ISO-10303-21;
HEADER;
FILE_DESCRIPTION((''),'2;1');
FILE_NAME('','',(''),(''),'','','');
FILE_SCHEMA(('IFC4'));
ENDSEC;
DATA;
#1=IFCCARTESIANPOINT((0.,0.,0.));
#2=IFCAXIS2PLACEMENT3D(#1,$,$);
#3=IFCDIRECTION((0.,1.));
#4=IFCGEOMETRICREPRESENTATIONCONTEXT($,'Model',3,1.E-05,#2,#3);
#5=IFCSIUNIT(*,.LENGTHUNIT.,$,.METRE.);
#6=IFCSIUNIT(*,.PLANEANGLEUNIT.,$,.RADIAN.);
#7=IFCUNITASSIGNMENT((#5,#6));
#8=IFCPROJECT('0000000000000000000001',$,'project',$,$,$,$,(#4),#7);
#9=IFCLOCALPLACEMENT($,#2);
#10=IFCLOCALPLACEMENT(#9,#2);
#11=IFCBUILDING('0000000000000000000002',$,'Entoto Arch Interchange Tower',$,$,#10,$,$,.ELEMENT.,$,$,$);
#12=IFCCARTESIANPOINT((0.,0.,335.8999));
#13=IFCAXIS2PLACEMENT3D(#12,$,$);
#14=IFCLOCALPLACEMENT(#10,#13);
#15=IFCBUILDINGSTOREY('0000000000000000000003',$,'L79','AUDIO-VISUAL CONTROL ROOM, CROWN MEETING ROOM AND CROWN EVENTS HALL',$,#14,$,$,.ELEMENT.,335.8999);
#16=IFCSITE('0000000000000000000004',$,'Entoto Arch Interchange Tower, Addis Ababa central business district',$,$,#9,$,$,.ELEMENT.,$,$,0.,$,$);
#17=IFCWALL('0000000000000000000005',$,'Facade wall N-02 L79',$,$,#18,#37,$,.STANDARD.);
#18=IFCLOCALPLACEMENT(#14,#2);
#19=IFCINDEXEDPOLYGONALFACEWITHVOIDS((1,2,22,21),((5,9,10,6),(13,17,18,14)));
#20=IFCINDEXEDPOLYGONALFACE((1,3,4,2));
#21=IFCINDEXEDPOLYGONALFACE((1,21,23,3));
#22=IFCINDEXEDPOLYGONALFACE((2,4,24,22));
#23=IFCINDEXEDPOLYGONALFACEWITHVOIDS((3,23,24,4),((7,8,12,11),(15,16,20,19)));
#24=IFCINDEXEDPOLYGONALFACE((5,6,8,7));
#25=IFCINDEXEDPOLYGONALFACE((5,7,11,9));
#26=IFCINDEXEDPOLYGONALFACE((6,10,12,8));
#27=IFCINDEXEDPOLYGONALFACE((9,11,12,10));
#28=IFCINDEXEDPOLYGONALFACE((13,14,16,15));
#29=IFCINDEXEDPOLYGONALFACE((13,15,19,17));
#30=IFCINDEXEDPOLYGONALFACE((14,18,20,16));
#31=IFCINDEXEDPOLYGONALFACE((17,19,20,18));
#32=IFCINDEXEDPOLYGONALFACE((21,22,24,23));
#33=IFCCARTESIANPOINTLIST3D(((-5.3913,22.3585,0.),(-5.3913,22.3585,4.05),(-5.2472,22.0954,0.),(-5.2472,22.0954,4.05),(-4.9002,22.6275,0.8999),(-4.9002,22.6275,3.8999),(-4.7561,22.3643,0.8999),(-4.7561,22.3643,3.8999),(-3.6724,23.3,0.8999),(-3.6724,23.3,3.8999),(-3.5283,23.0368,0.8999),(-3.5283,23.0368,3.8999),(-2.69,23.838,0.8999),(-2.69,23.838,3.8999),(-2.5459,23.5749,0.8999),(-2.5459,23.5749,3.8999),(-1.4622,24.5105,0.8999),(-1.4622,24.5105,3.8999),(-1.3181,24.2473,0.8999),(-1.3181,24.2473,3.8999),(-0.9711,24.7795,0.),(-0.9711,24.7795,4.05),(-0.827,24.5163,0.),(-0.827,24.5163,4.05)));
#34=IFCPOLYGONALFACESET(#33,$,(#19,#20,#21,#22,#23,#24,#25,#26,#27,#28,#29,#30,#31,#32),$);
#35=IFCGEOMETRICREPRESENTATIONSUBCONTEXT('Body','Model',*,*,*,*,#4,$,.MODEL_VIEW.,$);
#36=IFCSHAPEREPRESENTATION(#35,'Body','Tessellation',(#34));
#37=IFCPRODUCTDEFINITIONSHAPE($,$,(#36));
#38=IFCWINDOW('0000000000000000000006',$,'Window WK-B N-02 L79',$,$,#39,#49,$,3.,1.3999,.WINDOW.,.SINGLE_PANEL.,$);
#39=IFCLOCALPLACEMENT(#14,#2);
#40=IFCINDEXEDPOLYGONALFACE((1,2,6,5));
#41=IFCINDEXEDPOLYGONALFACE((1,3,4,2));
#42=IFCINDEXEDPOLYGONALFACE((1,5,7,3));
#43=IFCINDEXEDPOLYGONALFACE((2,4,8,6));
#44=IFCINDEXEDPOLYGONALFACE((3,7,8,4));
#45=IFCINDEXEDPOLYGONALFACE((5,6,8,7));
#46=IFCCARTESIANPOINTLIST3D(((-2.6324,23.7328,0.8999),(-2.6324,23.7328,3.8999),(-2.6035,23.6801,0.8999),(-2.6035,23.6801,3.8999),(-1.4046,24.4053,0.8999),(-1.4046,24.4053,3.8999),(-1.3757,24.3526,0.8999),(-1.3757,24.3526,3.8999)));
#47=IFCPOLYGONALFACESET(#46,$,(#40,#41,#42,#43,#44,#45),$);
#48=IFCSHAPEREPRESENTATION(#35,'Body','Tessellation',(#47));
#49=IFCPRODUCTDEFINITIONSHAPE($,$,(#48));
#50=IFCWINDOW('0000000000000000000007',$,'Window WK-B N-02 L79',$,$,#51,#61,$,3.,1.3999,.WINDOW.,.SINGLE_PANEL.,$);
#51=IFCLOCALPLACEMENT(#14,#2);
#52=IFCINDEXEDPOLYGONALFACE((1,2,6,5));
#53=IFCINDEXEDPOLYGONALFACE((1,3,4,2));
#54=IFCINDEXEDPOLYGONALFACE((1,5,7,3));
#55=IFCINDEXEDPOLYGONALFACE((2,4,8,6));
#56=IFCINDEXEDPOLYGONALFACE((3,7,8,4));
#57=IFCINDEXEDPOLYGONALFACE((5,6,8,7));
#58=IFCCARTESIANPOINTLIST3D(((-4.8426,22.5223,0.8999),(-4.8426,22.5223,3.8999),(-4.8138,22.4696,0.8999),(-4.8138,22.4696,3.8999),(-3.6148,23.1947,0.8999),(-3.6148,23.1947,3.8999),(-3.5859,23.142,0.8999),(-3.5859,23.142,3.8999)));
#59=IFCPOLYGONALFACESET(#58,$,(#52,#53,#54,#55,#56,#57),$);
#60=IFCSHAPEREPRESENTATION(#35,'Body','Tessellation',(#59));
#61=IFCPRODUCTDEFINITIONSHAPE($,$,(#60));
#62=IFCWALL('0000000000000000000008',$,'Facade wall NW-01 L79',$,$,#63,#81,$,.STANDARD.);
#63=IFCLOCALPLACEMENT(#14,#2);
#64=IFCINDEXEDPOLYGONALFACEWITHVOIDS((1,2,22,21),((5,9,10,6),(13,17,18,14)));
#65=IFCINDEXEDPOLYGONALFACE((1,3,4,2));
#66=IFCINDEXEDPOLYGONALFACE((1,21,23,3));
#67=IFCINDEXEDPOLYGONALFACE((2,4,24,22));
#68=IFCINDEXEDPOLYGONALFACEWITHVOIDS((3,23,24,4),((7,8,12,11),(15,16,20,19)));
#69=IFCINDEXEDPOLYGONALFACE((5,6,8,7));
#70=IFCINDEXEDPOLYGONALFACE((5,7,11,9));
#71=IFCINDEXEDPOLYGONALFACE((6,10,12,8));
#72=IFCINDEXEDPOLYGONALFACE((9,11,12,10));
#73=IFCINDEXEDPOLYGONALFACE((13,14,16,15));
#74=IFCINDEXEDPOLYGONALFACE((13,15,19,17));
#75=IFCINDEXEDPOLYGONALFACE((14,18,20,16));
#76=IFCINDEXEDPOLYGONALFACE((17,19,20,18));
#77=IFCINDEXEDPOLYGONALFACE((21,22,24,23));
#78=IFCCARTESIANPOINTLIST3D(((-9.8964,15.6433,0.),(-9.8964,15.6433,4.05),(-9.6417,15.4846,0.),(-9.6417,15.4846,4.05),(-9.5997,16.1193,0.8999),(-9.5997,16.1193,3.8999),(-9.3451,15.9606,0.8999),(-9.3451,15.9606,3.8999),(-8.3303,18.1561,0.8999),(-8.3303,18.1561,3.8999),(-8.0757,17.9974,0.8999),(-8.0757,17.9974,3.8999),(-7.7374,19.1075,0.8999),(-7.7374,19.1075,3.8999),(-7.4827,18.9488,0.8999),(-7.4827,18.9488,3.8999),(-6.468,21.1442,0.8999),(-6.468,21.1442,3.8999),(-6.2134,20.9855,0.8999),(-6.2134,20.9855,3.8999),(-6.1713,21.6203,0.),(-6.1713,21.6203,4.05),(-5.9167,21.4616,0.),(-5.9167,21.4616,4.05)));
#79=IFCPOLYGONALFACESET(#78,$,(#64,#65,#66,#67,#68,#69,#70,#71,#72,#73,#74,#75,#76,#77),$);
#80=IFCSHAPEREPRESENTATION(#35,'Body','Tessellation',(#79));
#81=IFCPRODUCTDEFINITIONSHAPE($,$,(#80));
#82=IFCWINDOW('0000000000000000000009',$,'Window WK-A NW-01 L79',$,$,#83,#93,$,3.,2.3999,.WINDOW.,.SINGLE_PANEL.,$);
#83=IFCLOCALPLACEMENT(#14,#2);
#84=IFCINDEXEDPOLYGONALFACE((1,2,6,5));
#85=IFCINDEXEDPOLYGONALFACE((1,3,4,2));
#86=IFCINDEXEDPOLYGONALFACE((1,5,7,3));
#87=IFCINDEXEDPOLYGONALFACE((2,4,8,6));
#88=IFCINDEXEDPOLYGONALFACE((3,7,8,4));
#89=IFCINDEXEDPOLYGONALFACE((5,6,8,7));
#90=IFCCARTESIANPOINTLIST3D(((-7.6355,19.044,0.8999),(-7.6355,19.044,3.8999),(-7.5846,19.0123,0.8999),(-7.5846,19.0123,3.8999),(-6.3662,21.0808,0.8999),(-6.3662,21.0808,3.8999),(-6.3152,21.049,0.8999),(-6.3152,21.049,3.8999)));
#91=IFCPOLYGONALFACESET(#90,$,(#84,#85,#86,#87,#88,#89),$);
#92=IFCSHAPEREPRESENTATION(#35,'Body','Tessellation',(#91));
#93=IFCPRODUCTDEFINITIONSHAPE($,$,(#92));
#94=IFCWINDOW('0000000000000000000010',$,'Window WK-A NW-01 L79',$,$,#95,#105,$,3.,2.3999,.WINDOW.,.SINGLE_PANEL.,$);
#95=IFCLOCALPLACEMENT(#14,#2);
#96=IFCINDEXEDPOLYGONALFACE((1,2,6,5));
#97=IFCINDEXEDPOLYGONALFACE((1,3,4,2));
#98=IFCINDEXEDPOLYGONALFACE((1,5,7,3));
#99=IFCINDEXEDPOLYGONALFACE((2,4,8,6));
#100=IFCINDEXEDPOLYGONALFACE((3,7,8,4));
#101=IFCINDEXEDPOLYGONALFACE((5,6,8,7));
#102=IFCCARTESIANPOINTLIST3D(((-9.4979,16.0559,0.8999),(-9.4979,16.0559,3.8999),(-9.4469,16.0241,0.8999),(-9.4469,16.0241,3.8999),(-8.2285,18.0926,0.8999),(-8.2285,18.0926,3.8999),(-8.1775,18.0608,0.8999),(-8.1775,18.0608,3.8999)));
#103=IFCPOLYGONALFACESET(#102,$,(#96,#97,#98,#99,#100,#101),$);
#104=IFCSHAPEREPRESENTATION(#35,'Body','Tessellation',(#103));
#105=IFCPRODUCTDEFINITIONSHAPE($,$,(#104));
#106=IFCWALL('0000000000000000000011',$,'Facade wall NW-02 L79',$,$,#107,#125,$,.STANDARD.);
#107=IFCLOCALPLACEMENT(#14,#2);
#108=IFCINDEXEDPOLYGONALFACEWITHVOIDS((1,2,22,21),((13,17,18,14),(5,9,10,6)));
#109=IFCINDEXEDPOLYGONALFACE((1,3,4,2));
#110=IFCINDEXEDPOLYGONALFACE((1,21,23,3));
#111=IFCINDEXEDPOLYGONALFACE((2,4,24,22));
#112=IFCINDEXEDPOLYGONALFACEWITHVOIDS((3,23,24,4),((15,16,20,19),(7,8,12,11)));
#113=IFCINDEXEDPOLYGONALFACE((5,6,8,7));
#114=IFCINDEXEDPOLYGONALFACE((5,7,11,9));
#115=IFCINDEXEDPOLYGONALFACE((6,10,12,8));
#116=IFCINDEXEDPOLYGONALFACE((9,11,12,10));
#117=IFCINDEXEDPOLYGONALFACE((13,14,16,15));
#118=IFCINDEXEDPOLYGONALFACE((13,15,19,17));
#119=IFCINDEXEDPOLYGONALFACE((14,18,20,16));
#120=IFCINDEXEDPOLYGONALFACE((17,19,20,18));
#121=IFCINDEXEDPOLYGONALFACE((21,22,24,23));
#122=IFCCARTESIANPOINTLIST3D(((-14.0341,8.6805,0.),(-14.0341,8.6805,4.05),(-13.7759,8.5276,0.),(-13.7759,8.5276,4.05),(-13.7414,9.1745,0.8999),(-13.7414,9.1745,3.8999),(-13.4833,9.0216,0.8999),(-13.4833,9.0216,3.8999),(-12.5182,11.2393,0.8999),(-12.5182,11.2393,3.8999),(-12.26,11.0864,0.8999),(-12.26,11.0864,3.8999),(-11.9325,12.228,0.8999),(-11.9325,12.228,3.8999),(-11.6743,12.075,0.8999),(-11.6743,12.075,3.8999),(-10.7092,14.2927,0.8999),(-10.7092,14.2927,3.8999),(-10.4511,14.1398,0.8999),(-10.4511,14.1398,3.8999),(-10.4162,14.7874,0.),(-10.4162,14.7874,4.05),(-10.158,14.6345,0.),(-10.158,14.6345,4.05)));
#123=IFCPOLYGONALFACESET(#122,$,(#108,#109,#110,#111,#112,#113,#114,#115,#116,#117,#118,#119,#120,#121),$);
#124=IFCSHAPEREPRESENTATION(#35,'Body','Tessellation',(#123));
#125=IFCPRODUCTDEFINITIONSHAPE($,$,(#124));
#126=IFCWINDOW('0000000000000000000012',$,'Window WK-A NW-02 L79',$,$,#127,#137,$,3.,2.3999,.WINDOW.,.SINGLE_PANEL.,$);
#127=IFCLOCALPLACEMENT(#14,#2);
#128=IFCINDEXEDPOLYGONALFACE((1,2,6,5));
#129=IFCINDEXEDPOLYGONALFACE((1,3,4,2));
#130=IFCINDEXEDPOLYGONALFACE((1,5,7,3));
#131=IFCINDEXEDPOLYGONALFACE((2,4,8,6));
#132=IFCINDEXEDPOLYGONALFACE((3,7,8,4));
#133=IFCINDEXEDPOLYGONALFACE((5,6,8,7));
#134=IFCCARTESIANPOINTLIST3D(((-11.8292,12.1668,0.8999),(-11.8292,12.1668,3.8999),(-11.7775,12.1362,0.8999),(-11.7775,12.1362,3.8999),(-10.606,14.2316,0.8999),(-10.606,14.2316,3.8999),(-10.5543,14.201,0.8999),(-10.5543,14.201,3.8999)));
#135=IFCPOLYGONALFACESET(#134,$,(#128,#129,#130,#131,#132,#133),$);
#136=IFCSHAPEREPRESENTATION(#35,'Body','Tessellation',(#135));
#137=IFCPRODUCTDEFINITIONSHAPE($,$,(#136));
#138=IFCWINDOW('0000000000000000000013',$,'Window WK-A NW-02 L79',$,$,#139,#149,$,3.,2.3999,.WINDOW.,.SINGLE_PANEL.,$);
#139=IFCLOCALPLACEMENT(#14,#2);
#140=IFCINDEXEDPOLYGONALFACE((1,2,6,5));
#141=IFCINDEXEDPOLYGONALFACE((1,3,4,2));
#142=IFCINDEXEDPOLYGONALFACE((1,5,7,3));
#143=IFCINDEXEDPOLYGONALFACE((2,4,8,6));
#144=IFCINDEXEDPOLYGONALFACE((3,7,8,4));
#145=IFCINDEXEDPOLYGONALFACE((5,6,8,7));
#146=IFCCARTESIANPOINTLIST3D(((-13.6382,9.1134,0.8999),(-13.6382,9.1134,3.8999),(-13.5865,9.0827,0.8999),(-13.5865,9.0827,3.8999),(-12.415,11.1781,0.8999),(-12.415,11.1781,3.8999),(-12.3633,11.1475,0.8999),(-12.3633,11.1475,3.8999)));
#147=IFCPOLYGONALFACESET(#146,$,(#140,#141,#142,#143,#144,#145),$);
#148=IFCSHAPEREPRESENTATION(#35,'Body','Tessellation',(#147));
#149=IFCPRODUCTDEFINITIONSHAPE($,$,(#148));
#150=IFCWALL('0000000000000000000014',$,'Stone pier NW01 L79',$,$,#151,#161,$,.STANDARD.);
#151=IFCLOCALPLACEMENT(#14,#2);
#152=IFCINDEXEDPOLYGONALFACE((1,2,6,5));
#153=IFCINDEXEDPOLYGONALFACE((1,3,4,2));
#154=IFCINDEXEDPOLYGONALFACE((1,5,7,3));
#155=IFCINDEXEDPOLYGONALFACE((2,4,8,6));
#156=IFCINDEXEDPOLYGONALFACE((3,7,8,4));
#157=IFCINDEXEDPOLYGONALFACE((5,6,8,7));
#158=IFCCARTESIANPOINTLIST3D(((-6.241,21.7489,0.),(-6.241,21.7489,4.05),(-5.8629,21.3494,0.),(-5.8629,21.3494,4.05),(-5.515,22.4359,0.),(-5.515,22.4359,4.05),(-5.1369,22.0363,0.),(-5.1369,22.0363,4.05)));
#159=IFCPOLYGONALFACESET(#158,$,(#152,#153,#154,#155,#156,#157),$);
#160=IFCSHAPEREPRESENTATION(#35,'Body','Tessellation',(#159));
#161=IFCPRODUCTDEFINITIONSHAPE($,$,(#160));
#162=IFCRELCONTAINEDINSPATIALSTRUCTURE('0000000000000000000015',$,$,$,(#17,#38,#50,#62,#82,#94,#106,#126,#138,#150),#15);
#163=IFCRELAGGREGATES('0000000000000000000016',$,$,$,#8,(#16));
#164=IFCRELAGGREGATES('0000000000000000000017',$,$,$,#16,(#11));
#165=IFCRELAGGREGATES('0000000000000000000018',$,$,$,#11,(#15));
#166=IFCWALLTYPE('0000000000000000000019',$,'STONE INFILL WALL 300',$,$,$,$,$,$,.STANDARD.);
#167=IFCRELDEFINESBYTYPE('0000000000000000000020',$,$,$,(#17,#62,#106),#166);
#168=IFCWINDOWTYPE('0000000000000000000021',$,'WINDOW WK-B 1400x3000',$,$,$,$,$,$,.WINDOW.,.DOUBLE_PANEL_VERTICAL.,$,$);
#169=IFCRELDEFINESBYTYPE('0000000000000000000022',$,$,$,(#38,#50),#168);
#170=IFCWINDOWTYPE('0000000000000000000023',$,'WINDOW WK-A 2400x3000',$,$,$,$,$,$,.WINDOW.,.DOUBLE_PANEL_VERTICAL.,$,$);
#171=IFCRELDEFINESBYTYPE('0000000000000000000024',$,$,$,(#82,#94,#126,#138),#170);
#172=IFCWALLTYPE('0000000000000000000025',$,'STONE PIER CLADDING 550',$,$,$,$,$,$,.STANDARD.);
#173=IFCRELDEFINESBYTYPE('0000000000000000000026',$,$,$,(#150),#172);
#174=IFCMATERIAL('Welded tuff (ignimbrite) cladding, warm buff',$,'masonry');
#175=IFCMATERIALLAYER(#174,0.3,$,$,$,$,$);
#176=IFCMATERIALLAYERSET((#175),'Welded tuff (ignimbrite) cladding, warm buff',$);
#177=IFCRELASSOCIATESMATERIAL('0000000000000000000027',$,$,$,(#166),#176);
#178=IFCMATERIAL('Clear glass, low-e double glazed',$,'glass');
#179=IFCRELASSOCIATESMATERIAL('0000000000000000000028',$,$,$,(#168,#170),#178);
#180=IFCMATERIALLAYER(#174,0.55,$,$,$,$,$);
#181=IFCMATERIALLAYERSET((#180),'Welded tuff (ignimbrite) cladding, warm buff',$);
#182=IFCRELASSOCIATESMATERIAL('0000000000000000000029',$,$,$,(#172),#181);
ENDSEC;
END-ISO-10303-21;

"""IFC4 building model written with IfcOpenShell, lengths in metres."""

from ifc_helpers import new_model, si_unit, direction, frame, frame_2d, origin, place, context, subcontext, project, spatial, rectangle, extrude, material, layer, layer_set, type_object, element, fill, save


model = new_model("IFC4")

# Units and contexts
model_context = context("Model", 3, precision=1e-05, world=origin(), true_north=direction((0.0, 1.0)))
body_context = subcontext(model_context, "Body", "Model", "MODEL_VIEW")
ifc_project = project(units=[si_unit("LENGTHUNIT", "METRE"), si_unit("PLANEANGLEUNIT", "RADIAN")], contexts=[model_context])

# Site, building, storey
site_placement = place(None, origin())
site = spatial("IfcSite", under=ifc_project, at=site_placement, Name="Entoto Arch Interchange Tower, Addis Ababa central business district", CompositionType="ELEMENT", RefElevation=0.0)
building_placement = place(site_placement, origin())
building = spatial("IfcBuilding", under=site, at=building_placement, Name="Entoto Arch Interchange Tower", CompositionType="ELEMENT")
storey_placement = place(building_placement, frame((0.0, 0.0, 335.8999)))
storey = spatial("IfcBuildingStorey", under=building, at=storey_placement, Name="L79", Description="AUDIO-VISUAL CONTROL ROOM, CROWN MEETING ROOM AND CROWN EVENTS HALL", CompositionType="ELEMENT", Elevation=335.8999)

# Walls, openings, windows
ifc_material_1 = material(Name="Welded tuff (ignimbrite) cladding, warm buff", Category="masonry")
ifc_layer_1 = layer(ifc_material_1, 0.3)
ifc_layer_set_1 = layer_set([ifc_layer_1], Name="Welded tuff (ignimbrite) cladding, warm buff")
wall_type_1 = type_object("IfcWallType", Name="STONE INFILL WALL 300", PredefinedType="STANDARD", material=ifc_layer_set_1)
wall_1_placement = place(storey_placement, frame((-0.8989, 24.6479, 0.0), z_axis=(0.0, 0.0, 1.0), x_axis=(-0.877069, -0.480365, 0.0)))
wall_1 = element("IfcWall", 1, at=wall_1_placement, inside=storey, type_object=wall_type_1, Name="Facade wall N-02 L79", PredefinedType="STANDARD", context=body_context, shape_type="SweptSolid", body=[
    extrude(rectangle(XDim=5.0398, YDim=0.3, at=frame_2d((2.52, 0.0))), origin(), (0.0, 0.0, 1.0), 4.05),
])
opening_1_placement = place(wall_1_placement, frame((0.5601, 0.0, 0.8999)))
opening_1 = element("IfcOpeningElement", 2, at=opening_1_placement, cuts=wall_1, PredefinedType="OPENING", context=body_context, shape_type="SweptSolid", body=[
    extrude(rectangle(XDim=1.3999, YDim=3.0, at=frame_2d((0.7, 1.5))), frame((0.0, 0.1602, 0.0), z_axis=(0.0, -1.0, 0.0), x_axis=(1.0, 0.0, 0.0)), (0.0, 0.0, 1.0), 0.3201),
])
opening_2_placement = place(wall_1_placement, frame((3.0801, 0.0, 0.8999)))
opening_2 = element("IfcOpeningElement", 3, at=opening_2_placement, cuts=wall_1, PredefinedType="OPENING", context=body_context, shape_type="SweptSolid", body=[
    extrude(rectangle(XDim=1.3999, YDim=3.0, at=frame_2d((0.7, 1.5))), frame((0.0, 0.1602, 0.0), z_axis=(0.0, -1.0, 0.0), x_axis=(1.0, 0.0, 0.0)), (0.0, 0.0, 1.0), 0.3201),
])
ifc_material_2 = material(Name="Clear glass, low-e double glazed", Category="glass")
window_type_1 = type_object("IfcWindowType", Name="WINDOW WK-B 1400x3000", PartitioningType="DOUBLE_PANEL_VERTICAL", PredefinedType="WINDOW", material=ifc_material_2)
window_1_placement = place(opening_1_placement, origin())
window_1 = element("IfcWindow", 4, at=window_1_placement, inside=storey, type_object=window_type_1, Name="Window WK-B N-02 L79", OverallHeight=3.0, OverallWidth=1.3999, PartitioningType="SINGLE_PANEL", PredefinedType="WINDOW", context=body_context, shape_type="SweptSolid", body=[
    extrude(rectangle(XDim=1.3999, YDim=3.0, at=frame_2d((0.7, 1.5))), frame((0.0, 0.03, 0.0), z_axis=(0.0, -1.0, 0.0), x_axis=(1.0, 0.0, 0.0)), (0.0, 0.0, 1.0), 0.0601),
])
fill(opening_1, window_1)
window_2_placement = place(opening_2_placement, origin())
window_2 = element("IfcWindow", 5, at=window_2_placement, inside=storey, type_object=window_type_1, Name="Window WK-B N-02 L79", OverallHeight=3.0, OverallWidth=1.3999, PartitioningType="SINGLE_PANEL", PredefinedType="WINDOW", context=body_context, shape_type="SweptSolid", body=[
    extrude(rectangle(XDim=1.3999, YDim=3.0, at=frame_2d((0.7, 1.5))), frame((0.0, 0.03, 0.0), z_axis=(0.0, -1.0, 0.0), x_axis=(1.0, 0.0, 0.0)), (0.0, 0.0, 1.0), 0.0601),
])
fill(opening_2, window_2)
wall_2_placement = place(storey_placement, frame((-6.0439, 21.541, 0.0), z_axis=(0.0, 0.0, 1.0), x_axis=(-0.52892, -0.848671, 0.0)))
wall_2 = element("IfcWall", 6, at=wall_2_placement, inside=storey, type_object=wall_type_1, Name="Facade wall NW-01 L79", PredefinedType="STANDARD", context=body_context, shape_type="SweptSolid", body=[
    extrude(rectangle(XDim=7.0427, YDim=0.3, at=frame_2d((3.5215, 0.0))), origin(), (0.0, 0.0, 1.0), 4.05),
])
opening_3_placement = place(wall_2_placement, frame((0.561, 0.0, 0.8999)))
opening_3 = element("IfcOpeningElement", 7, at=opening_3_placement, cuts=wall_2, PredefinedType="OPENING", context=body_context, shape_type="SweptSolid", body=[
    extrude(rectangle(XDim=2.3999, YDim=3.0, at=frame_2d((1.2, 1.5))), frame((0.0, 0.1602, 0.0), z_axis=(0.0, -1.0, 0.0), x_axis=(1.0, 0.0, 0.0)), (0.0, 0.0, 1.0), 0.3201),
])
opening_4_placement = place(wall_2_placement, frame((4.082, 0.0, 0.8999)))
opening_4 = element("IfcOpeningElement", 8, at=opening_4_placement, cuts=wall_2, PredefinedType="OPENING", context=body_context, shape_type="SweptSolid", body=[
    extrude(rectangle(XDim=2.3999, YDim=3.0, at=frame_2d((1.2, 1.5))), frame((0.0, 0.1602, 0.0), z_axis=(0.0, -1.0, 0.0), x_axis=(1.0, 0.0, 0.0)), (0.0, 0.0, 1.0), 0.3201),
])
window_type_2 = type_object("IfcWindowType", Name="WINDOW WK-A 2400x3000", PartitioningType="DOUBLE_PANEL_VERTICAL", PredefinedType="WINDOW", material=ifc_material_2)
window_3_placement = place(opening_3_placement, origin())
window_3 = element("IfcWindow", 9, at=window_3_placement, inside=storey, type_object=window_type_2, Name="Window WK-A NW-01 L79", OverallHeight=3.0, OverallWidth=2.3999, PartitioningType="SINGLE_PANEL", PredefinedType="WINDOW", context=body_context, shape_type="SweptSolid", body=[
    extrude(rectangle(XDim=2.3999, YDim=3.0, at=frame_2d((1.2, 1.5))), frame((0.0, 0.03, 0.0), z_axis=(0.0, -1.0, 0.0), x_axis=(1.0, 0.0, 0.0)), (0.0, 0.0, 1.0), 0.0601),
])
fill(opening_3, window_3)
window_4_placement = place(opening_4_placement, origin())
window_4 = element("IfcWindow", 10, at=window_4_placement, inside=storey, type_object=window_type_2, Name="Window WK-A NW-01 L79", OverallHeight=3.0, OverallWidth=2.3999, PartitioningType="SINGLE_PANEL", PredefinedType="WINDOW", context=body_context, shape_type="SweptSolid", body=[
    extrude(rectangle(XDim=2.3999, YDim=3.0, at=frame_2d((1.2, 1.5))), frame((0.0, 0.03, 0.0), z_axis=(0.0, -1.0, 0.0), x_axis=(1.0, 0.0, 0.0)), (0.0, 0.0, 1.0), 0.0601),
])
fill(opening_4, window_4)
wall_3_placement = place(storey_placement, frame((-10.2871, 14.7109, 0.0), z_axis=(0.0, 0.0, 1.0), x_axis=(-0.509698, -0.860354, 0.0)))
wall_3 = element("IfcWall", 11, at=wall_3_placement, inside=storey, type_object=wall_type_1, Name="Facade wall NW-02 L79", PredefinedType="STANDARD", context=body_context, shape_type="SweptSolid", body=[
    extrude(rectangle(XDim=7.0981, YDim=0.3, at=frame_2d((3.5491, 0.0))), origin(), (0.0, 0.0, 1.0), 4.05),
])
opening_5_placement = place(wall_3_placement, frame((0.575, 0.0, 0.8999)))
opening_5 = element("IfcOpeningElement", 12, at=opening_5_placement, cuts=wall_3, PredefinedType="OPENING", context=body_context, shape_type="SweptSolid", body=[
    extrude(rectangle(XDim=2.3999, YDim=3.0, at=frame_2d((1.2, 1.5))), frame((0.0, 0.1602, 0.0), z_axis=(0.0, -1.0, 0.0), x_axis=(1.0, 0.0, 0.0)), (0.0, 0.0, 1.0), 0.3201),
])
opening_6_placement = place(wall_3_placement, frame((4.124, 0.0, 0.8999)))
opening_6 = element("IfcOpeningElement", 13, at=opening_6_placement, cuts=wall_3, PredefinedType="OPENING", context=body_context, shape_type="SweptSolid", body=[
    extrude(rectangle(XDim=2.3999, YDim=3.0, at=frame_2d((1.2, 1.5))), frame((0.0, 0.1602, 0.0), z_axis=(0.0, -1.0, 0.0), x_axis=(1.0, 0.0, 0.0)), (0.0, 0.0, 1.0), 0.3201),
])
window_5_placement = place(opening_5_placement, origin())
window_5 = element("IfcWindow", 14, at=window_5_placement, inside=storey, type_object=window_type_2, Name="Window WK-A NW-02 L79", OverallHeight=3.0, OverallWidth=2.3999, PartitioningType="SINGLE_PANEL", PredefinedType="WINDOW", context=body_context, shape_type="SweptSolid", body=[
    extrude(rectangle(XDim=2.3999, YDim=3.0, at=frame_2d((1.2, 1.5))), frame((0.0, 0.03, 0.0), z_axis=(0.0, -1.0, 0.0), x_axis=(1.0, 0.0, 0.0)), (0.0, 0.0, 1.0), 0.0601),
])
fill(opening_5, window_5)
window_6_placement = place(opening_6_placement, origin())
window_6 = element("IfcWindow", 15, at=window_6_placement, inside=storey, type_object=window_type_2, Name="Window WK-A NW-02 L79", OverallHeight=3.0, OverallWidth=2.3999, PartitioningType="SINGLE_PANEL", PredefinedType="WINDOW", context=body_context, shape_type="SweptSolid", body=[
    extrude(rectangle(XDim=2.3999, YDim=3.0, at=frame_2d((1.2, 1.5))), frame((0.0, 0.03, 0.0), z_axis=(0.0, -1.0, 0.0), x_axis=(1.0, 0.0, 0.0)), (0.0, 0.0, 1.0), 0.0601),
])
fill(opening_6, window_6)

# Wall
ifc_layer_2 = layer(ifc_material_1, 0.55)
ifc_layer_set_2 = layer_set([ifc_layer_2], Name="Welded tuff (ignimbrite) cladding, warm buff")
wall_type_2 = type_object("IfcWallType", Name="STONE PIER CLADDING 550", PredefinedType="STANDARD", material=ifc_layer_set_2)
wall_4_placement = place(storey_placement, frame((-5.3259, 22.2361, 0.0), z_axis=(0.0, 0.0, 1.0), x_axis=(-0.726376, -0.687297, 0.0)))
element("IfcWall", 16, at=wall_4_placement, inside=storey, type_object=wall_type_2, Name="Stone pier NW01 L79", PredefinedType="STANDARD", context=body_context, shape_type="SweptSolid", body=[
    extrude(rectangle(XDim=0.9995, YDim=0.55, at=frame_2d((0.4998, 0.0))), origin(), (0.0, 0.0, 1.0), 4.05),
])

save(model, "model.ifc")
